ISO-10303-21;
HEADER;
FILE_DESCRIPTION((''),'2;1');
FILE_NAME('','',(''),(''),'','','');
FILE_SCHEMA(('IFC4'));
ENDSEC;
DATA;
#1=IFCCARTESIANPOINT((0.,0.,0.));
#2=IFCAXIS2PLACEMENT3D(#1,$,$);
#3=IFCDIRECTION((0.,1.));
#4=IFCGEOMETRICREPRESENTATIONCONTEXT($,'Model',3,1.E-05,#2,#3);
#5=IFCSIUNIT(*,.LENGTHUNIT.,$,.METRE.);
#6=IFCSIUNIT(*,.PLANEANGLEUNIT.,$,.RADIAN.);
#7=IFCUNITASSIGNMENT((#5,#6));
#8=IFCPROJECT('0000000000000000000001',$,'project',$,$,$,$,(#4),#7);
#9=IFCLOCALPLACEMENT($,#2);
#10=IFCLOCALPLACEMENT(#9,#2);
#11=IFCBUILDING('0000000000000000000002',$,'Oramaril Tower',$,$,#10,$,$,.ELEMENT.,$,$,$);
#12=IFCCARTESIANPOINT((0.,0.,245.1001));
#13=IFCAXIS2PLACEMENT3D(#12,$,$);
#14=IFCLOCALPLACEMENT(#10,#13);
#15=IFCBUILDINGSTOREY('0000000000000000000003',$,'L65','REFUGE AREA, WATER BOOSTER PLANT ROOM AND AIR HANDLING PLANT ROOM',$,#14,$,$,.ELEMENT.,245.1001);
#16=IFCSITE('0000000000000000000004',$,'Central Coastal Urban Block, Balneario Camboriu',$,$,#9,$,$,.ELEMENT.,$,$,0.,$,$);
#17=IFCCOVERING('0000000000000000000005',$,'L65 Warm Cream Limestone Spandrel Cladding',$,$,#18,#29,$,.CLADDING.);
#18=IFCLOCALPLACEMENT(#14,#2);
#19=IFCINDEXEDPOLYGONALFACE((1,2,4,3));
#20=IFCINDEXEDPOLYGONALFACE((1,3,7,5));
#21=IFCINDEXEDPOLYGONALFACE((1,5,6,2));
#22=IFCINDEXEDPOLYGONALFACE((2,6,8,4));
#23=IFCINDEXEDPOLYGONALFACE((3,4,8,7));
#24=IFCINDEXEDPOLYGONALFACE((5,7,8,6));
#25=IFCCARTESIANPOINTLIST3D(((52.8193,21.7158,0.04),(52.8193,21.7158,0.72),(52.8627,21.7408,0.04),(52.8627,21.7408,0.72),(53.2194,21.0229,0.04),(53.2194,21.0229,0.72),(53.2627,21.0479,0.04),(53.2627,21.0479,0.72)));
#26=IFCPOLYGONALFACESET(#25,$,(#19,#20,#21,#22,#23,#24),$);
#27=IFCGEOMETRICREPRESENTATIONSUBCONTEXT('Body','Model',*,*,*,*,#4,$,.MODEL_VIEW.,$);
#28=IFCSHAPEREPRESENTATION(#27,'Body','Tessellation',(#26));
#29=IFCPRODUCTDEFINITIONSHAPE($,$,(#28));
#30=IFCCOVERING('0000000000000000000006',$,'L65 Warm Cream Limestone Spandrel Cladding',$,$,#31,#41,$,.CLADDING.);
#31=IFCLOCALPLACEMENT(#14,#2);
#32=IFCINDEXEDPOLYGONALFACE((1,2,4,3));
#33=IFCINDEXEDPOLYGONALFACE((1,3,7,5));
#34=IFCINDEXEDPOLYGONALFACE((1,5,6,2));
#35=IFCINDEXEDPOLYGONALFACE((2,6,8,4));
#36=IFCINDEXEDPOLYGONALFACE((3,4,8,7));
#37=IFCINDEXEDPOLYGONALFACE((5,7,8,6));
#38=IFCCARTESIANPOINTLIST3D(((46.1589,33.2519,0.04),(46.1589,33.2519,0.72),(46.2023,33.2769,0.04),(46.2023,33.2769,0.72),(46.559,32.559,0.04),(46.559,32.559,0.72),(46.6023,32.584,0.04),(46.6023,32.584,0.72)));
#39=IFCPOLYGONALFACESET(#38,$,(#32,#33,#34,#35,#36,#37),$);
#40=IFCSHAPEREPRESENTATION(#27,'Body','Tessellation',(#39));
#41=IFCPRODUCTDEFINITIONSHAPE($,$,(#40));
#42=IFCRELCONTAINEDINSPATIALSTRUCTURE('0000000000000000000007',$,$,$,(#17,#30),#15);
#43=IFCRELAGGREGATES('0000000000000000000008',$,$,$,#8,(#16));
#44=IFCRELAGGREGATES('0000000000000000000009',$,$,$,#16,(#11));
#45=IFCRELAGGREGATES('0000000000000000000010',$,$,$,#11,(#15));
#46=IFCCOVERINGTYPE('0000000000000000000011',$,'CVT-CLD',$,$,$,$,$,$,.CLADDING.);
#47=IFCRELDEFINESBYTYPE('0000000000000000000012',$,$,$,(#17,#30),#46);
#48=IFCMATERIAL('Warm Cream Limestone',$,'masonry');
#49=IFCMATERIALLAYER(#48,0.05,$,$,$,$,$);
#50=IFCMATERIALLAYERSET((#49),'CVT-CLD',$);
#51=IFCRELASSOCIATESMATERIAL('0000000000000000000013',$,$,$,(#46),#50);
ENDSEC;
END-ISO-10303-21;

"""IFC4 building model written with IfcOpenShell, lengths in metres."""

from ifc_helpers import new_model, si_unit, direction, frame, origin, origin_2d, place, context, subcontext, project, spatial, rectangle, extrude, material, layer, layer_set, type_object, element, save


model = new_model("IFC4")

# Units and contexts
model_context = context("Model", 3, precision=1e-05, world=origin(), true_north=direction((0.0, 1.0)))
body_context = subcontext(model_context, "Body", "Model", "MODEL_VIEW")
ifc_project = project(units=[si_unit("LENGTHUNIT", "METRE"), si_unit("PLANEANGLEUNIT", "RADIAN")], contexts=[model_context])

# Site, building, storey
site_placement = place(None, origin())
site = spatial("IfcSite", under=ifc_project, at=site_placement, Name="Central Coastal Urban Block, Balneario Camboriu", CompositionType="ELEMENT", RefElevation=0.0)
building_placement = place(site_placement, origin())
building = spatial("IfcBuilding", under=site, at=building_placement, Name="Oramaril Tower", CompositionType="ELEMENT")
storey_placement = place(building_placement, frame((0.0, 0.0, 245.1001)))
storey = spatial("IfcBuildingStorey", under=building, at=storey_placement, Name="L65", Description="REFUGE AREA, WATER BOOSTER PLANT ROOM AND AIR HANDLING PLANT ROOM", CompositionType="ELEMENT", Elevation=245.1001)

# Coverings
ifc_material_1 = material(Name="Warm Cream Limestone", Category="masonry")
ifc_layer_1 = layer(ifc_material_1, 0.05)
ifc_layer_set_1 = layer_set([ifc_layer_1], Name="CVT-CLD")
covering_type = type_object("IfcCoveringType", Name="CVT-CLD", PredefinedType="CLADDING", material=ifc_layer_set_1)
for number, where, z_axis, x_axis, name in (
    (1, (53.041, 21.3818, 0.04), (0.0, 0.0, 1.0), (-0.5, 0.866025, 0.0), "L65 Warm Cream Limestone Spandrel Cladding"),
    (2, (46.3806, 32.918, 0.04), (0.0, 0.0, 1.0), (-0.5, 0.866025, 0.0), "L65 Warm Cream Limestone Spandrel Cladding"),
):
    element("IfcCovering", number, at=place(storey_placement, frame(where, z_axis=z_axis, x_axis=x_axis)), inside=storey, type_object=covering_type, Name=name, PredefinedType="CLADDING", context=body_context, shape_type="SweptSolid", body=[
        extrude(rectangle(XDim=0.8, YDim=0.05, at=origin_2d()), origin(), (0.0, 0.0, 1.0), 0.6799),
    ])

save(model, "model.ifc")
